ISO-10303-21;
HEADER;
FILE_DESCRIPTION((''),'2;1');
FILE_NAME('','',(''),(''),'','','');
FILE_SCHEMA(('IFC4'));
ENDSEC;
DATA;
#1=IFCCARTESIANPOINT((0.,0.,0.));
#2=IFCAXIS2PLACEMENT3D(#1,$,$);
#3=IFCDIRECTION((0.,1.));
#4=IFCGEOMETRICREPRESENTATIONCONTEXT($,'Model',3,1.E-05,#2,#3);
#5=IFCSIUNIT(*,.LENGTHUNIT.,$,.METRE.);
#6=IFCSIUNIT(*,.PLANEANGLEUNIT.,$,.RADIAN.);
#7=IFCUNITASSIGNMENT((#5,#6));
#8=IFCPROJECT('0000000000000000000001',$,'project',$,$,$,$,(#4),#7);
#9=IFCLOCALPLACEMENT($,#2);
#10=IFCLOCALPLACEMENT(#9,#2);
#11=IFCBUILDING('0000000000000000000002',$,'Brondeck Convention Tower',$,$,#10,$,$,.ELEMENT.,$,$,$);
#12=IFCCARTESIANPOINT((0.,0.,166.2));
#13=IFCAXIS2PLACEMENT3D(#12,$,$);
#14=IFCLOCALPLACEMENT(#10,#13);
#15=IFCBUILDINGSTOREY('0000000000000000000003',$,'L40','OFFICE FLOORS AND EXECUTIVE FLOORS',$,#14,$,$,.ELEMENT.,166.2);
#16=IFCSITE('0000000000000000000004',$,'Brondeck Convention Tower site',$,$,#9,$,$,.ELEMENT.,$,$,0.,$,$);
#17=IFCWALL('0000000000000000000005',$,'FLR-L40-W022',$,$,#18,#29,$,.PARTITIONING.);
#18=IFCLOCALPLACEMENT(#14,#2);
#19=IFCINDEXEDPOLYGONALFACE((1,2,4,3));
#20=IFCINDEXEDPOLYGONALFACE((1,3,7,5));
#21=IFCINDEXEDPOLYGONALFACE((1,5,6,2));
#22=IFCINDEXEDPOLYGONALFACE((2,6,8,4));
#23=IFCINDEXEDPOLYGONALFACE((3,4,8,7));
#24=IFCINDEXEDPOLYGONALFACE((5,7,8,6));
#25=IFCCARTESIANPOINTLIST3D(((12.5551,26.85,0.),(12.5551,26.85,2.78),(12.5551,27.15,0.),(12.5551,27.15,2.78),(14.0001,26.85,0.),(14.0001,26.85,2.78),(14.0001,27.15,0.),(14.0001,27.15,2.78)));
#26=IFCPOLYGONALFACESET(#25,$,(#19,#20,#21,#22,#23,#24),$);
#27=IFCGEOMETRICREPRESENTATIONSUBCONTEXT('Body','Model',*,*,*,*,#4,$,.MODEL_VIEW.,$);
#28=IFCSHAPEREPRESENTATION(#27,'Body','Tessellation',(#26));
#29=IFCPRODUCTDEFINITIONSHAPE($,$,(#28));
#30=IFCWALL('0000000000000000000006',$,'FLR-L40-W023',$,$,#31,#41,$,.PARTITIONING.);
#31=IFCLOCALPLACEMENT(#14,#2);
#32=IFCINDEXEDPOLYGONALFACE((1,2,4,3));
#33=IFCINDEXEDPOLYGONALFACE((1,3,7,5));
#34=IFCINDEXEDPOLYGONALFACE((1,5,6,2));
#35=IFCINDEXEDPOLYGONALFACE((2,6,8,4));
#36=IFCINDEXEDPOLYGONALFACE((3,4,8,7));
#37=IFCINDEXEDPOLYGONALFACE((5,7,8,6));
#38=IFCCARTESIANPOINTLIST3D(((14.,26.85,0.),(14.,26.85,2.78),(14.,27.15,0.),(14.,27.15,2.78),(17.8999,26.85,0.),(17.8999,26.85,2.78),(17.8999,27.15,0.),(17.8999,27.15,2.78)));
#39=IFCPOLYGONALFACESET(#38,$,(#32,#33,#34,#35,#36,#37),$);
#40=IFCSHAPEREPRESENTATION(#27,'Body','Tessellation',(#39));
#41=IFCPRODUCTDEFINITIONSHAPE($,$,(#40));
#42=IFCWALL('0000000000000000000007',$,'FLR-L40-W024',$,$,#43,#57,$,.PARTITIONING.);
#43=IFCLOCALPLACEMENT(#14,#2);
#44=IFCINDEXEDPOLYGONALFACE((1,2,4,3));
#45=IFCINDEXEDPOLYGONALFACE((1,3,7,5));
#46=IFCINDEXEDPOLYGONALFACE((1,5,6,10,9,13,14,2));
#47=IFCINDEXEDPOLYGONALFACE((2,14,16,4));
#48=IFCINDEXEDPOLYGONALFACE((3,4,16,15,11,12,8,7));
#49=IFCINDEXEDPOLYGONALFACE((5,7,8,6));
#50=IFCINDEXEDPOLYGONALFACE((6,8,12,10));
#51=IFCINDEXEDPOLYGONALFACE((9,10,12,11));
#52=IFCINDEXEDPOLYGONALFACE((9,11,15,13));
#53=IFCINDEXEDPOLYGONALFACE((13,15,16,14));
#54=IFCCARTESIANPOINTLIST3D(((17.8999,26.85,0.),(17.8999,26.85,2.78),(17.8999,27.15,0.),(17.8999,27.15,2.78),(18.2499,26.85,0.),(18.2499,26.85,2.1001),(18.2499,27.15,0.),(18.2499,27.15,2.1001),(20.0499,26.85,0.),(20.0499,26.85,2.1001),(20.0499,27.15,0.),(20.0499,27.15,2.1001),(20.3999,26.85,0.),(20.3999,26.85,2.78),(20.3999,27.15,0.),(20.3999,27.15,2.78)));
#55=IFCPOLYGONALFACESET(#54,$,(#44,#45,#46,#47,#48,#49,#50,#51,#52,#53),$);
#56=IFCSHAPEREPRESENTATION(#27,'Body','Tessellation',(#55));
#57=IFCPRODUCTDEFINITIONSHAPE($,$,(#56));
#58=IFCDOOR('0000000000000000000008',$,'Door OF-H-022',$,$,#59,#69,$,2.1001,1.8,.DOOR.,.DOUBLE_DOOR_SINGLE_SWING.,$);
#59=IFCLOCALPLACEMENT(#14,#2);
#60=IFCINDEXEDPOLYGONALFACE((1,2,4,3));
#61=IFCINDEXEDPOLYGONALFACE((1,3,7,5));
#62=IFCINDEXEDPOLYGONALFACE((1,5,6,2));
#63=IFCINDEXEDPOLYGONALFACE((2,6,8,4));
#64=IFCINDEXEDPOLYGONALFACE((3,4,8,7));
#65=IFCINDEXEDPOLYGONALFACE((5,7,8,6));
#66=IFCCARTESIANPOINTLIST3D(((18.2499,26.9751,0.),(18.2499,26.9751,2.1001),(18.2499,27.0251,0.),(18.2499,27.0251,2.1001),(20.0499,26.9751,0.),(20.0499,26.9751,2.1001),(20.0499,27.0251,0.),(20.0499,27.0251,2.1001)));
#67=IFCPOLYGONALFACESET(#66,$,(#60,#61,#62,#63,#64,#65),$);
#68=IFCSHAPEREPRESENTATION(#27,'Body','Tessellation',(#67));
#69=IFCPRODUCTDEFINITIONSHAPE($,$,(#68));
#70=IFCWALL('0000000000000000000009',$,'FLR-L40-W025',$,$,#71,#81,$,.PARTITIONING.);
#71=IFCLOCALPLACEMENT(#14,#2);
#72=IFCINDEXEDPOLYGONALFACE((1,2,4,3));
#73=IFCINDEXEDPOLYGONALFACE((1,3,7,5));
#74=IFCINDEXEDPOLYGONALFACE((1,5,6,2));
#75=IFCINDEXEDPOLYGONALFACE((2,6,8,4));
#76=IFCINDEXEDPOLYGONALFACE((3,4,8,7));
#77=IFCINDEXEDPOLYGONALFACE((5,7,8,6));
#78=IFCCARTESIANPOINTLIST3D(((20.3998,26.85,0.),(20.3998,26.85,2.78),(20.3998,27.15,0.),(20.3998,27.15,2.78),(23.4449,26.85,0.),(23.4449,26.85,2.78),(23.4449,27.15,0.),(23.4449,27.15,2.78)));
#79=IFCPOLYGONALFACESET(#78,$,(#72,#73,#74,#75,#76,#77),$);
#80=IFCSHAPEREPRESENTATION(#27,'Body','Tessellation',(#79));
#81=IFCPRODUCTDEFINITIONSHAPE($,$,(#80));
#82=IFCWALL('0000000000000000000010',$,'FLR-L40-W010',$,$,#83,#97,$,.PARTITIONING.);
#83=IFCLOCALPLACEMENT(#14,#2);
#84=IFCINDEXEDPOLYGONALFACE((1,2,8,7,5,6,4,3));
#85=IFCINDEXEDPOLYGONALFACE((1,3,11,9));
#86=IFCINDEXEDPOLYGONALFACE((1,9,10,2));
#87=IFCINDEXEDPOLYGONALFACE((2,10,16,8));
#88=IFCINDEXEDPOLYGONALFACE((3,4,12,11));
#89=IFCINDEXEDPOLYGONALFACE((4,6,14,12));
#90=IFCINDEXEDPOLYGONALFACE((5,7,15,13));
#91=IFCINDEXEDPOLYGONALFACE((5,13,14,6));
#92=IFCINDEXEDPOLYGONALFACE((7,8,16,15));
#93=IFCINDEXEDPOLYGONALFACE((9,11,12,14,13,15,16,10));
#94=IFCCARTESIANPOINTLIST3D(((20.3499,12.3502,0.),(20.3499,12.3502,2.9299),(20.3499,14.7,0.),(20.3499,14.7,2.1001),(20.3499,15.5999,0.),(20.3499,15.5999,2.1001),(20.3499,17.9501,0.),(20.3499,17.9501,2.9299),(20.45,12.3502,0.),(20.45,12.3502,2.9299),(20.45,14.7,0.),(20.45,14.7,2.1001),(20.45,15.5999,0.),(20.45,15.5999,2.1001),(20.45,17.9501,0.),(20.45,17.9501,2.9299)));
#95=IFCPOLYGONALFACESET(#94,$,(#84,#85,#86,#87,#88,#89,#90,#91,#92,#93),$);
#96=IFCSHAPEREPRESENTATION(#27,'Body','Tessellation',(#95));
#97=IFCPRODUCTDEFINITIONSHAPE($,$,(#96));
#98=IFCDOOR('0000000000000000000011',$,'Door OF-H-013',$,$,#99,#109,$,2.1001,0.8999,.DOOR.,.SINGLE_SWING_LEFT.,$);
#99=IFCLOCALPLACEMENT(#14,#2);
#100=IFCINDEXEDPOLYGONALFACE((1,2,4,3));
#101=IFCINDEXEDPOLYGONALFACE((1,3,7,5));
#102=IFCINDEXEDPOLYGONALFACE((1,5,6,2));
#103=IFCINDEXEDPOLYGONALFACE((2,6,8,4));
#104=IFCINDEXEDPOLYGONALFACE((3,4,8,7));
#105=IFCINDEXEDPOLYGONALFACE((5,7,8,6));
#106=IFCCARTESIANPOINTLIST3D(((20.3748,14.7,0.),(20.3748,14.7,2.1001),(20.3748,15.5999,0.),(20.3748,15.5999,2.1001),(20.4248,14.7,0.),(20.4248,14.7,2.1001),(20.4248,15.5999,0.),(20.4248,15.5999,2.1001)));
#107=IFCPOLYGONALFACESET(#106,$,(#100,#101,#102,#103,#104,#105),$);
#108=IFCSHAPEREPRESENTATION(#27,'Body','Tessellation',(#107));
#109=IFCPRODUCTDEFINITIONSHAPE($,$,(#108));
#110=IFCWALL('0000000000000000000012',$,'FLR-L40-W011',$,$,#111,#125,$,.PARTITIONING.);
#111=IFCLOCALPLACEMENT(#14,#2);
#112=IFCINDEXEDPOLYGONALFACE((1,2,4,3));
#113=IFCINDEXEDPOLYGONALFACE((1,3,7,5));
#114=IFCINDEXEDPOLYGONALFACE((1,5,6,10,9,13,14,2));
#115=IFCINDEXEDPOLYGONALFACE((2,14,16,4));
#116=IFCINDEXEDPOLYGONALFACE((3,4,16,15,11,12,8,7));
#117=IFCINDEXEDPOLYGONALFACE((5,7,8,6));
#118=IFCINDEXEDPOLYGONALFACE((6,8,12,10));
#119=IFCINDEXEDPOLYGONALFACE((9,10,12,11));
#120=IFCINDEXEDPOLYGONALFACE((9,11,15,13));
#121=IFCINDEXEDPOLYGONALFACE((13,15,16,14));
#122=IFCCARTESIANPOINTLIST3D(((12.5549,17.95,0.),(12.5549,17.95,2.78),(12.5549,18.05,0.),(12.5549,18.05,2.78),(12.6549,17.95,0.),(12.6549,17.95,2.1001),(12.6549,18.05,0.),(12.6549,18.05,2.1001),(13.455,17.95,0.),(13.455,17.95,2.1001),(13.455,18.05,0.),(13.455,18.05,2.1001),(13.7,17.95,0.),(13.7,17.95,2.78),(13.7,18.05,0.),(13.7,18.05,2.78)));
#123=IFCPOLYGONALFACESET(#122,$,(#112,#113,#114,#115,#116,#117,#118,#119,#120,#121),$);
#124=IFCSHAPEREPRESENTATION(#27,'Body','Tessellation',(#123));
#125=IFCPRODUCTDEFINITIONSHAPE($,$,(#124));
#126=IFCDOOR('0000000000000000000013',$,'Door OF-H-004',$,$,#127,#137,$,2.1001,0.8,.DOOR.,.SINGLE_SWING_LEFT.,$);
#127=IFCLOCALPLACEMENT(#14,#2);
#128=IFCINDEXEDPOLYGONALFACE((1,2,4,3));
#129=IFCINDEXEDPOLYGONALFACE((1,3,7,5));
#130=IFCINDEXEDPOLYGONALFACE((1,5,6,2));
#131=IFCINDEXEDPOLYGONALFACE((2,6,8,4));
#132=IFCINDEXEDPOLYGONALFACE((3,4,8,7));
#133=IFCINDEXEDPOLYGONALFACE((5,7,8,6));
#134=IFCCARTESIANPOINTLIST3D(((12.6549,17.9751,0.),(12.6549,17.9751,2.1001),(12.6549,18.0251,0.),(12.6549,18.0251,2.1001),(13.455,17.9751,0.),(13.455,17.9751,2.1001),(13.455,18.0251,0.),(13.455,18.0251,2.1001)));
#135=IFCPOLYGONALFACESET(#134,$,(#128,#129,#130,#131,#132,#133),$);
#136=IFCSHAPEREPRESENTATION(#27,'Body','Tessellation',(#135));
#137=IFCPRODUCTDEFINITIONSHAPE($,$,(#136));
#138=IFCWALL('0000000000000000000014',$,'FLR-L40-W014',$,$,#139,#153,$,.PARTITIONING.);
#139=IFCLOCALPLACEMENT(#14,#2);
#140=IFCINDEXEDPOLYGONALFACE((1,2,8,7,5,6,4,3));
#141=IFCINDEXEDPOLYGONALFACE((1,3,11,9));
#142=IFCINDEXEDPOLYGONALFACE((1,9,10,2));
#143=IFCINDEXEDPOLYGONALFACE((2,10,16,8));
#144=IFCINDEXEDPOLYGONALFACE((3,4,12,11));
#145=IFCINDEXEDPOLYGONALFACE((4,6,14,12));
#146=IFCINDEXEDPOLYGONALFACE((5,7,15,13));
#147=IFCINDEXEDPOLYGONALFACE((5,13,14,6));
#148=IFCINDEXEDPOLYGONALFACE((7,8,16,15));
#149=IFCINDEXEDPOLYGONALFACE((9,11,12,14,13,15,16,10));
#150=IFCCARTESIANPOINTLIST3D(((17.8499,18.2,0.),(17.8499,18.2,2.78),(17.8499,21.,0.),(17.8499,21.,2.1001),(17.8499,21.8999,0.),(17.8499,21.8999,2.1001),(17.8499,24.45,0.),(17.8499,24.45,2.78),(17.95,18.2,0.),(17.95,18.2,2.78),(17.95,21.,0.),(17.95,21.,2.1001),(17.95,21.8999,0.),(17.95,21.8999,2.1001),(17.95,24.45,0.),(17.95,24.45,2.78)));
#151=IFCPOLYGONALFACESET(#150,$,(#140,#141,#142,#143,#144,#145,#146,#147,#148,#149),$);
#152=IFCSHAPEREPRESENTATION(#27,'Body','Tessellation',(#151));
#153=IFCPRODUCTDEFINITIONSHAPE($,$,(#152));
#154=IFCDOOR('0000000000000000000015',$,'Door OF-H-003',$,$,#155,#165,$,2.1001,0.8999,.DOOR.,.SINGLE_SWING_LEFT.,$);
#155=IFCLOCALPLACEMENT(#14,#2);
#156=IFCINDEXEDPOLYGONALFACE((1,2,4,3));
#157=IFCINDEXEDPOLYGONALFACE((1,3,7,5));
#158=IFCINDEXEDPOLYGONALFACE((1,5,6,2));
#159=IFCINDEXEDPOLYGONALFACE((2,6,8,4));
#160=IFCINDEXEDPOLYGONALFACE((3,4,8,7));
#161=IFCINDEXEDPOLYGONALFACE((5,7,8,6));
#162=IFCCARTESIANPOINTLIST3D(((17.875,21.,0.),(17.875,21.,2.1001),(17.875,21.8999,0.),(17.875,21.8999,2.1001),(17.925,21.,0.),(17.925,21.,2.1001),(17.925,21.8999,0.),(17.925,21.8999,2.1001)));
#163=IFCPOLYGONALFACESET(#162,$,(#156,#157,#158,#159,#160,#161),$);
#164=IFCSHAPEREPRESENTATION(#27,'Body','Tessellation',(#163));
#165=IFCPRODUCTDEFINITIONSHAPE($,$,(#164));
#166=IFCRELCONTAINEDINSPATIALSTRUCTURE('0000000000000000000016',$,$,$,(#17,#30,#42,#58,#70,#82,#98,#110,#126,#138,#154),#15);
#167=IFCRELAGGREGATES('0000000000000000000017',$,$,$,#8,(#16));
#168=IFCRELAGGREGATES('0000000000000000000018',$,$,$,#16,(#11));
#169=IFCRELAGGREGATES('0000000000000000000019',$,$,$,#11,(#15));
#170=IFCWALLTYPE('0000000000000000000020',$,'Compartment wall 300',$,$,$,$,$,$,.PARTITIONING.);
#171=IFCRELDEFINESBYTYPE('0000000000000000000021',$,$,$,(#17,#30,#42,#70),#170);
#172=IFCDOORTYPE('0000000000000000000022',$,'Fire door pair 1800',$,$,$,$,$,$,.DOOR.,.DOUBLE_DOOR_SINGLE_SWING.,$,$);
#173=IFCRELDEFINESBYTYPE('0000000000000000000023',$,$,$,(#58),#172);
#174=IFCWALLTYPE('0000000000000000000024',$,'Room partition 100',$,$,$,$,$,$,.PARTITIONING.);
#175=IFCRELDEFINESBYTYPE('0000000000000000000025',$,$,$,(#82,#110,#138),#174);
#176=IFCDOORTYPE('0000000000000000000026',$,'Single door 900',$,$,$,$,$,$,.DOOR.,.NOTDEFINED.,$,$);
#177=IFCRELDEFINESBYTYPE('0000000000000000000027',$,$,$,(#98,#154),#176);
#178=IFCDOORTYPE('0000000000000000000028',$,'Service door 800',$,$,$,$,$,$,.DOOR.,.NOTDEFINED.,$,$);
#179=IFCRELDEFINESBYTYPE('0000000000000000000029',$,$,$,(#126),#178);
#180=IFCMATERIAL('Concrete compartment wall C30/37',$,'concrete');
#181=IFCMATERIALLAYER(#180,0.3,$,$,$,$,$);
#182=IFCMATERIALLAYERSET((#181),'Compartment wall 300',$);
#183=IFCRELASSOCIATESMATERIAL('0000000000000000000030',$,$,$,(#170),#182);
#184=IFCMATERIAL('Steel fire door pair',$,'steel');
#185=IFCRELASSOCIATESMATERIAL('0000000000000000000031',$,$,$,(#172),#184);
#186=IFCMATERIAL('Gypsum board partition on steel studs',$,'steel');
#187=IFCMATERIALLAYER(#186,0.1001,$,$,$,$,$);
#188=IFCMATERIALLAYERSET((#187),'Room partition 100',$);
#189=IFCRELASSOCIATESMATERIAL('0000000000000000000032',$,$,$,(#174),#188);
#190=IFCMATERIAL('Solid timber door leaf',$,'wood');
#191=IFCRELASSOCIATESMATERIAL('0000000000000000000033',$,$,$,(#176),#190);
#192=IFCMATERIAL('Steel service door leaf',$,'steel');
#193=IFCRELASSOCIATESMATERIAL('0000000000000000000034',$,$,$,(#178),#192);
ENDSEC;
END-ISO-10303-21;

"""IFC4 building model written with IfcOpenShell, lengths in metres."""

from ifc_helpers import new_model, si_unit, direction, frame, frame_2d, origin, place, context, subcontext, project, spatial, rectangle, extrude, material, layer, layer_set, type_object, element, fill, save


model = new_model("IFC4")

# Units and contexts
model_context = context("Model", 3, precision=1e-05, world=origin(), true_north=direction((0.0, 1.0)))
body_context = subcontext(model_context, "Body", "Model", "MODEL_VIEW")
ifc_project = project(units=[si_unit("LENGTHUNIT", "METRE"), si_unit("PLANEANGLEUNIT", "RADIAN")], contexts=[model_context])

# Site, building, storey
site_placement = place(None, origin())
site = spatial("IfcSite", under=ifc_project, at=site_placement, Name="Brondeck Convention Tower site", CompositionType="ELEMENT", RefElevation=0.0)
building_placement = place(site_placement, origin())
building = spatial("IfcBuilding", under=site, at=building_placement, Name="Brondeck Convention Tower", CompositionType="ELEMENT")
storey_placement = place(building_placement, frame((0.0, 0.0, 166.2)))
storey = spatial("IfcBuildingStorey", under=building, at=storey_placement, Name="L40", Description="OFFICE FLOORS AND EXECUTIVE FLOORS", CompositionType="ELEMENT", Elevation=166.2)

# Walls
ifc_material_1 = material(Name="Concrete compartment wall C30/37", Category="concrete")
ifc_layer_1 = layer(ifc_material_1, 0.3)
ifc_layer_set_1 = layer_set([ifc_layer_1], Name="Compartment wall 300")
wall_type_1 = type_object("IfcWallType", Name="Compartment wall 300", PredefinedType="PARTITIONING", material=ifc_layer_set_1)
wall_1_placement = place(storey_placement, frame((12.5549, 27.0, 0.0), z_axis=(0.0, 0.0, 1.0), x_axis=(1.0, 0.0, 0.0)))
element("IfcWall", 1, at=wall_1_placement, inside=storey, type_object=wall_type_1, Name="FLR-L40-W022", PredefinedType="PARTITIONING", context=body_context, shape_type="SweptSolid", body=[
    extrude(rectangle(XDim=1.4451, YDim=0.3, at=frame_2d((0.7227, 0.0))), origin(), (0.0, 0.0, 1.0), 2.78),
])
wall_2_placement = place(storey_placement, frame((14.0, 27.0, 0.0), z_axis=(0.0, 0.0, 1.0), x_axis=(1.0, 0.0, 0.0)))
element("IfcWall", 2, at=wall_2_placement, inside=storey, type_object=wall_type_1, Name="FLR-L40-W023", PredefinedType="PARTITIONING", context=body_context, shape_type="SweptSolid", body=[
    extrude(rectangle(XDim=3.8999, YDim=0.3, at=frame_2d((1.95, 0.0))), origin(), (0.0, 0.0, 1.0), 2.78),
])

# Wall, opening, door
wall_3_placement = place(storey_placement, frame((20.3999, 27.0, 0.0), z_axis=(0.0, 0.0, 1.0), x_axis=(-1.0, 0.0, 0.0)))
wall_3 = element("IfcWall", 3, at=wall_3_placement, inside=storey, type_object=wall_type_1, Name="FLR-L40-W024", PredefinedType="PARTITIONING", context=body_context, shape_type="SweptSolid", body=[
    extrude(rectangle(XDim=2.5, YDim=0.3, at=frame_2d((1.25, 0.0))), origin(), (0.0, 0.0, 1.0), 2.78),
])
opening_1_placement = place(wall_3_placement, frame((0.3501, 0.0, 0.0)))
opening_1 = element("IfcOpeningElement", 4, at=opening_1_placement, cuts=wall_3, PredefinedType="OPENING", context=body_context, shape_type="SweptSolid", body=[
    extrude(rectangle(XDim=1.8, YDim=2.1001, at=frame_2d((0.8999, 1.05))), frame((0.0, 0.1599, 0.0), z_axis=(0.0, -1.0, 0.0), x_axis=(1.0, 0.0, 0.0)), (0.0, 0.0, 1.0), 0.3201),
])
ifc_material_2 = material(Name="Steel fire door pair", Category="steel")
door_type_1 = type_object("IfcDoorType", Name="Fire door pair 1800", OperationType="DOUBLE_DOOR_SINGLE_SWING", PredefinedType="DOOR", material=ifc_material_2)
door_1_placement = place(opening_1_placement, origin())
door_1 = element("IfcDoor", 5, at=door_1_placement, inside=storey, type_object=door_type_1, Name="Door OF-H-022", OperationType="DOUBLE_DOOR_SINGLE_SWING", OverallHeight=2.1001, OverallWidth=1.8, PredefinedType="DOOR", context=body_context, shape_type="SweptSolid", body=[
    extrude(rectangle(XDim=1.8, YDim=2.1001, at=frame_2d((0.8999, 1.05))), frame((0.0, 0.0249, 0.0), z_axis=(0.0, -1.0, 0.0), x_axis=(1.0, 0.0, 0.0)), (0.0, 0.0, 1.0), 0.05),
])
fill(opening_1, door_1)

# Wall
wall_4_placement = place(storey_placement, frame((20.3999, 27.0, 0.0), z_axis=(0.0, 0.0, 1.0), x_axis=(1.0, 0.0, 0.0)))
element("IfcWall", 6, at=wall_4_placement, inside=storey, type_object=wall_type_1, Name="FLR-L40-W025", PredefinedType="PARTITIONING", context=body_context, shape_type="SweptSolid", body=[
    extrude(rectangle(XDim=3.0452, YDim=0.3, at=frame_2d((1.5225, 0.0))), origin(), (0.0, 0.0, 1.0), 2.78),
])

# Walls, openings, doors
ifc_material_3 = material(Name="Gypsum board partition on steel studs", Category="steel")
ifc_layer_2 = layer(ifc_material_3, 0.1001)
ifc_layer_set_2 = layer_set([ifc_layer_2], Name="Room partition 100")
wall_type_2 = type_object("IfcWallType", Name="Room partition 100", PredefinedType="PARTITIONING", material=ifc_layer_set_2)
wall_5_placement = place(storey_placement, frame((20.3999, 17.95, 0.0), z_axis=(0.0, 0.0, 1.0), x_axis=(0.0, -1.0, 0.0)))
wall_5 = element("IfcWall", 7, at=wall_5_placement, inside=storey, type_object=wall_type_2, Name="FLR-L40-W010", PredefinedType="PARTITIONING", context=body_context, shape_type="SweptSolid", body=[
    extrude(rectangle(XDim=5.5999, YDim=0.1001, at=frame_2d((2.7998, 0.0))), origin(), (0.0, 0.0, 1.0), 2.9299),
])
opening_2_placement = place(wall_5_placement, frame((2.3501, 0.0, 0.0)))
opening_2 = element("IfcOpeningElement", 8, at=opening_2_placement, cuts=wall_5, PredefinedType="OPENING", context=body_context, shape_type="SweptSolid", body=[
    extrude(rectangle(XDim=0.8999, YDim=2.1001, at=frame_2d((0.45, 1.05))), frame((0.0, 0.0601, 0.0), z_axis=(0.0, -1.0, 0.0), x_axis=(1.0, 0.0, 0.0)), (0.0, 0.0, 1.0), 0.1201),
])
ifc_material_4 = material(Name="Solid timber door leaf", Category="wood")
door_type_2 = type_object("IfcDoorType", Name="Single door 900", OperationType="NOTDEFINED", PredefinedType="DOOR", material=ifc_material_4)
door_2_placement = place(opening_2_placement, origin())
door_2 = element("IfcDoor", 9, at=door_2_placement, inside=storey, type_object=door_type_2, Name="Door OF-H-013", OperationType="SINGLE_SWING_LEFT", OverallHeight=2.1001, OverallWidth=0.8999, PredefinedType="DOOR", context=body_context, shape_type="SweptSolid", body=[
    extrude(rectangle(XDim=0.8999, YDim=2.1001, at=frame_2d((0.45, 1.05))), frame((0.0, 0.0249, 0.0), z_axis=(0.0, -1.0, 0.0), x_axis=(1.0, 0.0, 0.0)), (0.0, 0.0, 1.0), 0.05),
])
fill(opening_2, door_2)
wall_6_placement = place(storey_placement, frame((13.7, 18.0, 0.0), z_axis=(0.0, 0.0, 1.0), x_axis=(-1.0, 0.0, 0.0)))
wall_6 = element("IfcWall", 10, at=wall_6_placement, inside=storey, type_object=wall_type_2, Name="FLR-L40-W011", PredefinedType="PARTITIONING", context=body_context, shape_type="SweptSolid", body=[
    extrude(rectangle(XDim=1.145, YDim=0.1001, at=frame_2d((0.5725, 0.0))), origin(), (0.0, 0.0, 1.0), 2.78),
])
opening_3_placement = place(wall_6_placement, frame((0.2451, 0.0, 0.0)))
opening_3 = element("IfcOpeningElement", 11, at=opening_3_placement, cuts=wall_6, PredefinedType="OPENING", context=body_context, shape_type="SweptSolid", body=[
    extrude(rectangle(XDim=0.8, YDim=2.1001, at=frame_2d((0.3999, 1.05))), frame((0.0, 0.0601, 0.0), z_axis=(0.0, -1.0, 0.0), x_axis=(1.0, 0.0, 0.0)), (0.0, 0.0, 1.0), 0.1201),
])
ifc_material_5 = material(Name="Steel service door leaf", Category="steel")
door_type_3 = type_object("IfcDoorType", Name="Service door 800", OperationType="NOTDEFINED", PredefinedType="DOOR", material=ifc_material_5)
door_3_placement = place(opening_3_placement, origin())
door_3 = element("IfcDoor", 12, at=door_3_placement, inside=storey, type_object=door_type_3, Name="Door OF-H-004", OperationType="SINGLE_SWING_LEFT", OverallHeight=2.1001, OverallWidth=0.8, PredefinedType="DOOR", context=body_context, shape_type="SweptSolid", body=[
    extrude(rectangle(XDim=0.8, YDim=2.1001, at=frame_2d((0.3999, 1.05))), frame((0.0, 0.0249, 0.0), z_axis=(0.0, -1.0, 0.0), x_axis=(1.0, 0.0, 0.0)), (0.0, 0.0, 1.0), 0.05),
])
fill(opening_3, door_3)
wall_7_placement = place(storey_placement, frame((17.8999, 18.2, 0.0), z_axis=(0.0, 0.0, 1.0), x_axis=(0.0, 1.0, 0.0)))
wall_7 = element("IfcWall", 13, at=wall_7_placement, inside=storey, type_object=wall_type_2, Name="FLR-L40-W014", PredefinedType="PARTITIONING", context=body_context, shape_type="SweptSolid", body=[
    extrude(rectangle(XDim=6.25, YDim=0.1001, at=frame_2d((3.125, 0.0))), origin(), (0.0, 0.0, 1.0), 2.78),
])
opening_4_placement = place(wall_7_placement, frame((2.8, 0.0, 0.0)))
opening_4 = element("IfcOpeningElement", 14, at=opening_4_placement, cuts=wall_7, PredefinedType="OPENING", context=body_context, shape_type="SweptSolid", body=[
    extrude(rectangle(XDim=0.8999, YDim=2.1001, at=frame_2d((0.45, 1.05))), frame((0.0, 0.0601, 0.0), z_axis=(0.0, -1.0, 0.0), x_axis=(1.0, 0.0, 0.0)), (0.0, 0.0, 1.0), 0.1201),
])
door_4_placement = place(opening_4_placement, origin())
door_4 = element("IfcDoor", 15, at=door_4_placement, inside=storey, type_object=door_type_2, Name="Door OF-H-003", OperationType="SINGLE_SWING_LEFT", OverallHeight=2.1001, OverallWidth=0.8999, PredefinedType="DOOR", context=body_context, shape_type="SweptSolid", body=[
    extrude(rectangle(XDim=0.8999, YDim=2.1001, at=frame_2d((0.45, 1.05))), frame((0.0, 0.0249, 0.0), z_axis=(0.0, -1.0, 0.0), x_axis=(1.0, 0.0, 0.0)), (0.0, 0.0, 1.0), 0.05),
])
fill(opening_4, door_4)

save(model, "model.ifc")
